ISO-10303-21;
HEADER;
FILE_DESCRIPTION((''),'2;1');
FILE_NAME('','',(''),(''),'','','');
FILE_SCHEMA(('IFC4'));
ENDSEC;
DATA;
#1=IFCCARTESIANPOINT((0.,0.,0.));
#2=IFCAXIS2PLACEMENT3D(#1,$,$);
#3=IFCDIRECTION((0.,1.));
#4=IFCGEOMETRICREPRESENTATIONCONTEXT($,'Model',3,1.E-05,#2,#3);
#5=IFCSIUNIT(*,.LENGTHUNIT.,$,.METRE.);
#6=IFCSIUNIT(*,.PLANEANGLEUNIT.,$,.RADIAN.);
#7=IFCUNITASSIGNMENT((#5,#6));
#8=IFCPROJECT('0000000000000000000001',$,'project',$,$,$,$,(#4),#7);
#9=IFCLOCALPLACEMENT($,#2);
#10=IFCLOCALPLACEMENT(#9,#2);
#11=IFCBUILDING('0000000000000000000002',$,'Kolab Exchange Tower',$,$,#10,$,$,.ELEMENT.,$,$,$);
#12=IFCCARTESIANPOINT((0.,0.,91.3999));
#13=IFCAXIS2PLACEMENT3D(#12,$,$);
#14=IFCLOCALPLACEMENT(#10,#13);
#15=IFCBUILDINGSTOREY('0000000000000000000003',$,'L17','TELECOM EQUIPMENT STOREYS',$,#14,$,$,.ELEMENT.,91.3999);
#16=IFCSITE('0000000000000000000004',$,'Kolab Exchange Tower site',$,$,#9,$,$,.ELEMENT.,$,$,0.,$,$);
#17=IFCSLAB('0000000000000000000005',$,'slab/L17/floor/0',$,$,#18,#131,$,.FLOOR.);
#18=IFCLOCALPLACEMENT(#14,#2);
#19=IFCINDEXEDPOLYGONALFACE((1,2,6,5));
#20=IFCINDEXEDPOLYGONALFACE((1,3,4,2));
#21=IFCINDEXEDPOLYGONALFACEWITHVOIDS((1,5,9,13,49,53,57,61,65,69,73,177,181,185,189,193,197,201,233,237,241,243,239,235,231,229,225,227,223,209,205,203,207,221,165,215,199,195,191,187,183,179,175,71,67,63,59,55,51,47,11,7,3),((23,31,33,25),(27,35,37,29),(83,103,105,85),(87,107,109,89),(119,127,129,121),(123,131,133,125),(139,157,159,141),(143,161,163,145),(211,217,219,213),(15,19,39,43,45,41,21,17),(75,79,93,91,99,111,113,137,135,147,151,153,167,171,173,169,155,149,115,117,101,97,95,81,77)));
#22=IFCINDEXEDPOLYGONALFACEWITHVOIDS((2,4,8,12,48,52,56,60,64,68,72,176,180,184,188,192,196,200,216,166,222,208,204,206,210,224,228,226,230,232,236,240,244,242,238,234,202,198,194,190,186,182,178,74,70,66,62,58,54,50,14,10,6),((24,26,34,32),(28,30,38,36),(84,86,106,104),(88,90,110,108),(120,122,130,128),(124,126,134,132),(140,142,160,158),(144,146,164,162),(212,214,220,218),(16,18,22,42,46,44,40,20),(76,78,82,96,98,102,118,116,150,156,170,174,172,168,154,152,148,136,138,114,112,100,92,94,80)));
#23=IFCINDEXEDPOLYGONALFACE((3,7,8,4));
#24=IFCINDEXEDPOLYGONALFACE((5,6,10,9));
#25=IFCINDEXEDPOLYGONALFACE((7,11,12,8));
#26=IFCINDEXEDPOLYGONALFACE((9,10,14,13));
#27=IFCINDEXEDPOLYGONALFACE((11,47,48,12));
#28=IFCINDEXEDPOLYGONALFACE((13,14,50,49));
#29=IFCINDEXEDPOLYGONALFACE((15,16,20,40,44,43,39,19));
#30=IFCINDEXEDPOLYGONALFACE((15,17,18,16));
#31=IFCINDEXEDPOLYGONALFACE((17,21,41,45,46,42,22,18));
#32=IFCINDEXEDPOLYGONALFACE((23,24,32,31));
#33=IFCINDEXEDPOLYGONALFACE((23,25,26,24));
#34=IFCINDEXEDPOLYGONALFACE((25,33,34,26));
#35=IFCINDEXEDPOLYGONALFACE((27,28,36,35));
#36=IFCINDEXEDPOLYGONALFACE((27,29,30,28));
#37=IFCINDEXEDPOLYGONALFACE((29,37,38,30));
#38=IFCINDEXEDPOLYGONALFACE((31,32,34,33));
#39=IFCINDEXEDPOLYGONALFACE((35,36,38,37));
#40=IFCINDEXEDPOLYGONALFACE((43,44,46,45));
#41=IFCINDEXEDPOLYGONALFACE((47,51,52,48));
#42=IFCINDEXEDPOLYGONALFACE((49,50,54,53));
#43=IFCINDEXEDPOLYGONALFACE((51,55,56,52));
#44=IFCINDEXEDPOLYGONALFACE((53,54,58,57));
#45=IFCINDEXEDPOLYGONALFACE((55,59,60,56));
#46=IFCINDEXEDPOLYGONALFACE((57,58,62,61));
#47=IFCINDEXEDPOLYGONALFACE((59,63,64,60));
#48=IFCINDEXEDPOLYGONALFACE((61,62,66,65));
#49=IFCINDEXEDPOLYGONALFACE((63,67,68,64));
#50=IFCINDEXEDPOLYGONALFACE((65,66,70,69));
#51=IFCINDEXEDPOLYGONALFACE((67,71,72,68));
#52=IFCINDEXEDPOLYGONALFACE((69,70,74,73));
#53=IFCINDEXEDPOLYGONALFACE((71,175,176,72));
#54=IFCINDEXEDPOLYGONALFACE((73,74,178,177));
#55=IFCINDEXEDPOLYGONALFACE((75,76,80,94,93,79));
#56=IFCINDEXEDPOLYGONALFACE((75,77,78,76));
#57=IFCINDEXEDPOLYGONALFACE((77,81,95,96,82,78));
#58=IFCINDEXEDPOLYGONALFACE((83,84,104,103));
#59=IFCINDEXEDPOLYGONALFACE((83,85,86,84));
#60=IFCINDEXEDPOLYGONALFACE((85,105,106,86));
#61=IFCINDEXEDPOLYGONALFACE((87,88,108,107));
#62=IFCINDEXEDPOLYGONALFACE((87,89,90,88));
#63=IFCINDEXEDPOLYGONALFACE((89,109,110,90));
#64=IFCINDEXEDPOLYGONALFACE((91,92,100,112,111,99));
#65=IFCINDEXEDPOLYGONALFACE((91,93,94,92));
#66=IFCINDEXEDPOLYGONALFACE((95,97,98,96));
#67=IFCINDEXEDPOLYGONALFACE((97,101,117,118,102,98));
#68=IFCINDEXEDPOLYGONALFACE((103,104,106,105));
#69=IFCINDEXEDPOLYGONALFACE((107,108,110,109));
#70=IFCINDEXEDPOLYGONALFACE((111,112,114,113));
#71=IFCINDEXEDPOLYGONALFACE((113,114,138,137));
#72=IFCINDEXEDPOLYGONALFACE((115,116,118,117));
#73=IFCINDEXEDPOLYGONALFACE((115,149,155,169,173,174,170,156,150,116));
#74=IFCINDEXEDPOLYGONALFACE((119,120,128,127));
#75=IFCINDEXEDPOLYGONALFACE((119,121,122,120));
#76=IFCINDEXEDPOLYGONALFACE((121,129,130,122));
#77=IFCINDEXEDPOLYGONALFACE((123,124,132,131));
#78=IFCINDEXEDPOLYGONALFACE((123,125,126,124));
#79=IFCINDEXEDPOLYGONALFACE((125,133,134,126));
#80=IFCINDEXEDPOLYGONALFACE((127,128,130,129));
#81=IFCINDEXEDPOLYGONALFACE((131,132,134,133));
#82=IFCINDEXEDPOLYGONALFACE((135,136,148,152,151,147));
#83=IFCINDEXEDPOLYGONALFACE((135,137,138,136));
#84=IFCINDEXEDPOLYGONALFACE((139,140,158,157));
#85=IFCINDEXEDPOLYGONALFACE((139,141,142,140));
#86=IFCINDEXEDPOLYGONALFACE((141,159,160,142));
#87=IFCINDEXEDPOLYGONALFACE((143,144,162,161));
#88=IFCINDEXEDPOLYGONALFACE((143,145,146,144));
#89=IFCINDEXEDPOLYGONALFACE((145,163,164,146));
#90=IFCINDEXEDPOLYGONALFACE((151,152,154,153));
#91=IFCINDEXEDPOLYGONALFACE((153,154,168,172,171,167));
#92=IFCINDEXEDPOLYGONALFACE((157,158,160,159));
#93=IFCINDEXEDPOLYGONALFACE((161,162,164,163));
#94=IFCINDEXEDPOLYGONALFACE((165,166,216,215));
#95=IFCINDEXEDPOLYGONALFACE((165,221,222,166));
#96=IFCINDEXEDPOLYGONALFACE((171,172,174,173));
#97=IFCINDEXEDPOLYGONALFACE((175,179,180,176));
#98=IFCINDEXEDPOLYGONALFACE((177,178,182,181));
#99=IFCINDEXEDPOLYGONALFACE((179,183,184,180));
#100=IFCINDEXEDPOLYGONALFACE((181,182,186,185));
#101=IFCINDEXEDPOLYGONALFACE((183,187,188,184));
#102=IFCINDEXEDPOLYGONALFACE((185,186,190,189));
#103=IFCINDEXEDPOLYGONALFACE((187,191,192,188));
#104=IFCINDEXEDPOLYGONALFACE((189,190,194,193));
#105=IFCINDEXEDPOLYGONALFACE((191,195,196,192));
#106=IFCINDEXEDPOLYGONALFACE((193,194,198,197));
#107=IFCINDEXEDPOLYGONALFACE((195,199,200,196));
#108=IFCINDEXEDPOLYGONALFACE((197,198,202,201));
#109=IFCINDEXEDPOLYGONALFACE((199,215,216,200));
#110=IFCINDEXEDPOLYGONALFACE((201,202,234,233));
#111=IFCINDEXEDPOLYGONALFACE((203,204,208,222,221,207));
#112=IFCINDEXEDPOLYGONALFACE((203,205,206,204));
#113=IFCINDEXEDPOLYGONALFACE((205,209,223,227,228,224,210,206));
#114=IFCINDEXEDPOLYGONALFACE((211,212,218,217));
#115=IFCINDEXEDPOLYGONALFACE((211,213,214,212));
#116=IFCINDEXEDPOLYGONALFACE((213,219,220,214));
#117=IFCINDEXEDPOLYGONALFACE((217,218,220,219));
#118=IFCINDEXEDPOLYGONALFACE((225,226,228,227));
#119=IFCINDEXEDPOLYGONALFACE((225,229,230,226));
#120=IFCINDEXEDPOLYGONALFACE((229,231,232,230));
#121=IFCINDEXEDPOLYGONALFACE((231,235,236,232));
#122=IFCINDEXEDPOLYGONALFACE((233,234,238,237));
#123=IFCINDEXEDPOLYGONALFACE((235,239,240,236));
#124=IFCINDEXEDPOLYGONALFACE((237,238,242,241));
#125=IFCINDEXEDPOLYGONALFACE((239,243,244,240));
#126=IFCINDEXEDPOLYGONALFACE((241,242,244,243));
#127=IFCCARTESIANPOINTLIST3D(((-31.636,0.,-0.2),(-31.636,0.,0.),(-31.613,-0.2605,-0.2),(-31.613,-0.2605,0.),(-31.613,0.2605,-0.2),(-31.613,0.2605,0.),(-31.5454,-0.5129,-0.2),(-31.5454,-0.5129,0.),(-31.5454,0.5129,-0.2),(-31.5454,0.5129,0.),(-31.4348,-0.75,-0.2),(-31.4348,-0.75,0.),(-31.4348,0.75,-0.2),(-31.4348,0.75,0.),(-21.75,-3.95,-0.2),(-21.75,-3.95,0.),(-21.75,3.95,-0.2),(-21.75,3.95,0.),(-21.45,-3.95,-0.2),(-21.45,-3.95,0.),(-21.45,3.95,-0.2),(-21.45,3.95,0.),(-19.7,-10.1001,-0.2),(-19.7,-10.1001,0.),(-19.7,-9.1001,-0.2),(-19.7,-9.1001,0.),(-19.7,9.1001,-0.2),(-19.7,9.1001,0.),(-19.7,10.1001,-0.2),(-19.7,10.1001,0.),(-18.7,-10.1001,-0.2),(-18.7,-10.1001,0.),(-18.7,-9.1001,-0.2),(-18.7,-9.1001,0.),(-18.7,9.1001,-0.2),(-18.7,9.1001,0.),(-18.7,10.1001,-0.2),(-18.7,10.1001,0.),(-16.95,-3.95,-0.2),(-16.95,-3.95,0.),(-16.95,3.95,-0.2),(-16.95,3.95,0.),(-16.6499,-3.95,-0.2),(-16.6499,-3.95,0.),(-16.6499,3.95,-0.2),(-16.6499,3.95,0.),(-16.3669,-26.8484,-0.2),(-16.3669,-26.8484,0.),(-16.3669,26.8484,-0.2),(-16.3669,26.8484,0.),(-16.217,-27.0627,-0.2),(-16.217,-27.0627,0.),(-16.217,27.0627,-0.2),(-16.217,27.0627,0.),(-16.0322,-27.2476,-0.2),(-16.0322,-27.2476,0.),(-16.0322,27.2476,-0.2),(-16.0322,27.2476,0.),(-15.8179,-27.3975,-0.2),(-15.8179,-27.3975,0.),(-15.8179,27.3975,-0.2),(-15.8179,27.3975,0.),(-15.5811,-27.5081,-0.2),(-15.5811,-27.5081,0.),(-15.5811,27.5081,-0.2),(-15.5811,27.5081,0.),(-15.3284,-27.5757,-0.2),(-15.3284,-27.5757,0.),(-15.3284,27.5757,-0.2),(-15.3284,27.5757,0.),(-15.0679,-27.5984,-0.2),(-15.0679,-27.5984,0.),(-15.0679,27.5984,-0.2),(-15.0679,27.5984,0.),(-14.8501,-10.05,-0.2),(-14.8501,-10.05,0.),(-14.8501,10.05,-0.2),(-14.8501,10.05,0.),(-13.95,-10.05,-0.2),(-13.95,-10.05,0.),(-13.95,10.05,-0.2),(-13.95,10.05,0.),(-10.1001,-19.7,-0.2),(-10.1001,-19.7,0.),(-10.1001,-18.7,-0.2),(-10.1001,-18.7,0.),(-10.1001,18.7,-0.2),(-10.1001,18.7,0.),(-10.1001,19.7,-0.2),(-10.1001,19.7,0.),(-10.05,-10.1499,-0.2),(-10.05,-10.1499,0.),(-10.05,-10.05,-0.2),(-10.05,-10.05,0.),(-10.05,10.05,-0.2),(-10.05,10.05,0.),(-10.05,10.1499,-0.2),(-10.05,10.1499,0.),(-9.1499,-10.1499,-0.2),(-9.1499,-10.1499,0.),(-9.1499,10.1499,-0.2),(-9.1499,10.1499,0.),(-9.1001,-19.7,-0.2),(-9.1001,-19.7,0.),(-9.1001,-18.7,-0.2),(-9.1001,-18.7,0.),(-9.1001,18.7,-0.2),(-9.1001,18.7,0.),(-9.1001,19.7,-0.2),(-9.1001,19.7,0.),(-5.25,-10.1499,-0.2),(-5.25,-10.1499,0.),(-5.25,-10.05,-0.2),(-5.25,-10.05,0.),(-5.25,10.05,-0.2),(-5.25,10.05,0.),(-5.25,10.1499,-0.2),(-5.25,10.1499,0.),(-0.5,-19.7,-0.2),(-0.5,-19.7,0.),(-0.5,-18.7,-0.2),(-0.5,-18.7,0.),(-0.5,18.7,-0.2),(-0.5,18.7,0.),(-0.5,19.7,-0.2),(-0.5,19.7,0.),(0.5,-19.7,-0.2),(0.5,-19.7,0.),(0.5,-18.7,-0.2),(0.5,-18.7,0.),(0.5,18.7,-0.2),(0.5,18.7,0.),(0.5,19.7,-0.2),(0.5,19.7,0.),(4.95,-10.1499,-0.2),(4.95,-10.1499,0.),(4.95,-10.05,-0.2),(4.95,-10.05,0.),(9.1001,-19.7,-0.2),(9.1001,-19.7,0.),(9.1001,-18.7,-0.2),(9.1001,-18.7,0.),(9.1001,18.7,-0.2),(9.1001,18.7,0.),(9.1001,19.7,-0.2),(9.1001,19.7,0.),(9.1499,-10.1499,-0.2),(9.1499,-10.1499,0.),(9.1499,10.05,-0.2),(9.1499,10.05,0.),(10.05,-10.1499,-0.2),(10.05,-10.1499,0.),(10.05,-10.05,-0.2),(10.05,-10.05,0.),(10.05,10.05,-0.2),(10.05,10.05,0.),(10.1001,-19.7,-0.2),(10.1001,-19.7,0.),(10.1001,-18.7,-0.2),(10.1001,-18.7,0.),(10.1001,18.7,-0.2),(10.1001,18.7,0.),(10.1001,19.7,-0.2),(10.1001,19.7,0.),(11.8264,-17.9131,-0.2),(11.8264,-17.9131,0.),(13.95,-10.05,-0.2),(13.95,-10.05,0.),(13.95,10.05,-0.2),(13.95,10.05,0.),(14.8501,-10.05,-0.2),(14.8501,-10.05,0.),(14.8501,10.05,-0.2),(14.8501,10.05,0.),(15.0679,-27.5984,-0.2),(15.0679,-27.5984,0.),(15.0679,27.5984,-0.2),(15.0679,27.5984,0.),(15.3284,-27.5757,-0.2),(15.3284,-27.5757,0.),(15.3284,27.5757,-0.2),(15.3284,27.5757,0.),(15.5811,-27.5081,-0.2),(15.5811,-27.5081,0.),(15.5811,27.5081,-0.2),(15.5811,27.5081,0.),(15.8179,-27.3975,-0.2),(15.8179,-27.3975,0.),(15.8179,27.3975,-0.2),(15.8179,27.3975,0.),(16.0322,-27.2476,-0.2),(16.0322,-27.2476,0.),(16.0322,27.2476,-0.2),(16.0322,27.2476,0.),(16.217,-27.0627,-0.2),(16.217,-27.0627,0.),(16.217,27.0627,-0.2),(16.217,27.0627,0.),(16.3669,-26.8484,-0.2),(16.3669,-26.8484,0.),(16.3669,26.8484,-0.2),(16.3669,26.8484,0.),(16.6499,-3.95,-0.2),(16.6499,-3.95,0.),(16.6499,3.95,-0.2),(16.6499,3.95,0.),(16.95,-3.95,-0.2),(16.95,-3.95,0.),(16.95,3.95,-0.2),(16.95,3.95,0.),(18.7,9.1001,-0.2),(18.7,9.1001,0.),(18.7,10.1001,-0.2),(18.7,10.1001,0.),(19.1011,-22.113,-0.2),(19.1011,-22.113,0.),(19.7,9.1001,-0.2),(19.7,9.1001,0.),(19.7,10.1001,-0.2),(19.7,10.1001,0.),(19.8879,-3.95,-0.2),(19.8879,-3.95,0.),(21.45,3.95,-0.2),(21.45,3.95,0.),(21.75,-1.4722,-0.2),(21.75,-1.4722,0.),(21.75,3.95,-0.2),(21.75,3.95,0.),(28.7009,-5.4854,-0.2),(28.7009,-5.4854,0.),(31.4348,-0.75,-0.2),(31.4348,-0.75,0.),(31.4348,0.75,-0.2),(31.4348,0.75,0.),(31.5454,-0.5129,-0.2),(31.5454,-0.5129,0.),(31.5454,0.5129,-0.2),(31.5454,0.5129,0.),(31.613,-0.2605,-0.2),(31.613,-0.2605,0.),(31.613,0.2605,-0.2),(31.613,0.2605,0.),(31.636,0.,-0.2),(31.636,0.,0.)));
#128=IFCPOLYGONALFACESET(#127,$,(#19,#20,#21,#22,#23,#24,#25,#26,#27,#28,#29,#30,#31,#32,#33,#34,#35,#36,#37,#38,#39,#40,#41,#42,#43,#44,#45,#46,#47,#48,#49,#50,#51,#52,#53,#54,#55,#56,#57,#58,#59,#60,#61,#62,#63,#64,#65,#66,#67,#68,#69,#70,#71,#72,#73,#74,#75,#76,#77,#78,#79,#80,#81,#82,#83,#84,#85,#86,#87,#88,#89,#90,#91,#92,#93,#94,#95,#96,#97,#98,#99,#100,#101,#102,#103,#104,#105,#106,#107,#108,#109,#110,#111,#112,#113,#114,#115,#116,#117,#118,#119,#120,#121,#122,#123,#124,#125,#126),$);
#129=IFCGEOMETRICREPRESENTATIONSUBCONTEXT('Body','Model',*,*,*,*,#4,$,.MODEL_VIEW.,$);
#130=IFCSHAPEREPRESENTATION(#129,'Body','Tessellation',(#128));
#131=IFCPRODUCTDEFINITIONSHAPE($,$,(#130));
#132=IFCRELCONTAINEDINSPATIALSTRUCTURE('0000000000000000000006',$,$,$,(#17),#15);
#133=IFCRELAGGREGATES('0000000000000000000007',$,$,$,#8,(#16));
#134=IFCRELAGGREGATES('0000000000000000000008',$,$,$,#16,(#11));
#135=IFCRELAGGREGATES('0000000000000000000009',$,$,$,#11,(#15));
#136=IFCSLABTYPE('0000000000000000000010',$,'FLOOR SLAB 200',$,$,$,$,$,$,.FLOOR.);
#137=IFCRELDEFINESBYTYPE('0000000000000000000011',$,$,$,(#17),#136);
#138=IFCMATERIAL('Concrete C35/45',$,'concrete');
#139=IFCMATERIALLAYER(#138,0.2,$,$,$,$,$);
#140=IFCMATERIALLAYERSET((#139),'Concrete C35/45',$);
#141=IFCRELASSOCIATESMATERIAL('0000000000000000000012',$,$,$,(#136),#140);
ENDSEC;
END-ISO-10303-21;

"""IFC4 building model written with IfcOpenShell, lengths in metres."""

from ifc_helpers import new_model, si_unit, direction, frame, origin, place, context, subcontext, project, spatial, polyline, outline, extrude, material, layer, layer_set, type_object, element, save


model = new_model("IFC4")

# Units and contexts
model_context = context("Model", 3, precision=1e-05, world=origin(), true_north=direction((0.0, 1.0)))
body_context = subcontext(model_context, "Body", "Model", "MODEL_VIEW")
ifc_project = project(units=[si_unit("LENGTHUNIT", "METRE"), si_unit("PLANEANGLEUNIT", "RADIAN")], contexts=[model_context])

# Site, building, storey
site_placement = place(None, origin())
site = spatial("IfcSite", under=ifc_project, at=site_placement, Name="Kolab Exchange Tower site", CompositionType="ELEMENT", RefElevation=0.0)
building_placement = place(site_placement, origin())
building = spatial("IfcBuilding", under=site, at=building_placement, Name="Kolab Exchange Tower", CompositionType="ELEMENT")
storey_placement = place(building_placement, frame((0.0, 0.0, 91.3999)))
storey = spatial("IfcBuildingStorey", under=building, at=storey_placement, Name="L17", Description="TELECOM EQUIPMENT STOREYS", CompositionType="ELEMENT", Elevation=91.3999)

# Slab
ifc_material_1 = material(Name="Concrete C35/45", Category="concrete")
ifc_layer_1 = layer(ifc_material_1, 0.2)
ifc_layer_set_1 = layer_set([ifc_layer_1], Name="Concrete C35/45")
slab_type = type_object("IfcSlabType", Name="FLOOR SLAB 200", PredefinedType="FLOOR", material=ifc_layer_set_1)
slab_1_placement = place(storey_placement, frame((0.0, 0.0, -0.2)))
element("IfcSlab", 1, at=slab_1_placement, inside=storey, type_object=slab_type, Name="slab/L17/floor/0", PredefinedType="FLOOR", context=body_context, shape_type="SweptSolid", body=[
    extrude(outline(polyline([(11.8264, -17.9131), (19.8879, -3.95), (16.95, -3.95), (16.6499, -3.95), (16.6499, 3.95), (16.95, 3.95), (21.45, 3.95), (21.75, 3.95), (21.75, -1.4722), (28.7009, -5.4854), (31.4348, -0.75), (31.5454, -0.5129), (31.613, -0.2605), (31.636, 0.0), (31.613, 0.2605), (31.5454, 0.5129), (31.4348, 0.75), (16.3669, 26.8484), (16.217, 27.0627), (16.0322, 27.2476), (15.8179, 27.3975), (15.5811, 27.5081), (15.3284, 27.5757), (15.0679, 27.5984), (-15.0679, 27.5984), (-15.3284, 27.5757), (-15.5811, 27.5081), (-15.8179, 27.3975), (-16.0322, 27.2476), (-16.217, 27.0627), (-16.3669, 26.8484), (-31.4348, 0.75), (-31.5454, 0.5129), (-31.613, 0.2605), (-31.636, 0.0), (-31.613, -0.2605), (-31.5454, -0.5129), (-31.4348, -0.75), (-16.3669, -26.8484), (-16.217, -27.0627), (-16.0322, -27.2476), (-15.8179, -27.3975), (-15.5811, -27.5081), (-15.3284, -27.5757), (-15.0679, -27.5984), (15.0679, -27.5984), (15.3284, -27.5757), (15.5811, -27.5081), (15.8179, -27.3975), (16.0322, -27.2476), (16.217, -27.0627), (16.3669, -26.8484), (19.1011, -22.113), (11.8264, -17.9131)]), holes=[polyline([(-13.95, -10.05), (-14.8501, -10.05), (-14.8501, 10.05), (-13.95, 10.05), (-10.05, 10.05), (-10.05, 10.1499), (-9.1499, 10.1499), (-5.25, 10.1499), (-5.25, 10.05), (9.1499, 10.05), (10.05, 10.05), (13.95, 10.05), (14.8501, 10.05), (14.8501, -10.05), (13.95, -10.05), (10.05, -10.05), (10.05, -10.1499), (9.1499, -10.1499), (4.95, -10.1499), (4.95, -10.05), (-5.25, -10.05), (-5.25, -10.1499), (-9.1499, -10.1499), (-10.05, -10.1499), (-10.05, -10.05), (-13.95, -10.05)]), polyline([(-18.7, -9.1001), (-18.7, -10.1001), (-19.7, -10.1001), (-19.7, -9.1001), (-18.7, -9.1001)]), polyline([(-21.45, -3.95), (-21.75, -3.95), (-21.75, 3.95), (-21.45, 3.95), (-16.95, 3.95), (-16.6499, 3.95), (-16.6499, -3.95), (-16.95, -3.95), (-21.45, -3.95)]), polyline([(-18.7, 10.1001), (-18.7, 9.1001), (-19.7, 9.1001), (-19.7, 10.1001), (-18.7, 10.1001)]), polyline([(-9.1001, -18.7), (-9.1001, -19.7), (-10.1001, -19.7), (-10.1001, -18.7), (-9.1001, -18.7)]), polyline([(-9.1001, 19.7), (-9.1001, 18.7), (-10.1001, 18.7), (-10.1001, 19.7), (-9.1001, 19.7)]), polyline([(9.1001, -18.7), (10.1001, -18.7), (10.1001, -19.7), (9.1001, -19.7), (9.1001, -18.7)]), polyline([(-0.5, -18.7), (0.5, -18.7), (0.5, -19.7), (-0.5, -19.7), (-0.5, -18.7)]), polyline([(0.5, 19.7), (0.5, 18.7), (-0.5, 18.7), (-0.5, 19.7), (0.5, 19.7)]), polyline([(10.1001, 19.7), (10.1001, 18.7), (9.1001, 18.7), (9.1001, 19.7), (10.1001, 19.7)]), polyline([(19.7, 10.1001), (19.7, 9.1001), (18.7, 9.1001), (18.7, 10.1001), (19.7, 10.1001)])]), origin(), (0.0, 0.0, 1.0), 0.2),
])

save(model, "model.ifc")
